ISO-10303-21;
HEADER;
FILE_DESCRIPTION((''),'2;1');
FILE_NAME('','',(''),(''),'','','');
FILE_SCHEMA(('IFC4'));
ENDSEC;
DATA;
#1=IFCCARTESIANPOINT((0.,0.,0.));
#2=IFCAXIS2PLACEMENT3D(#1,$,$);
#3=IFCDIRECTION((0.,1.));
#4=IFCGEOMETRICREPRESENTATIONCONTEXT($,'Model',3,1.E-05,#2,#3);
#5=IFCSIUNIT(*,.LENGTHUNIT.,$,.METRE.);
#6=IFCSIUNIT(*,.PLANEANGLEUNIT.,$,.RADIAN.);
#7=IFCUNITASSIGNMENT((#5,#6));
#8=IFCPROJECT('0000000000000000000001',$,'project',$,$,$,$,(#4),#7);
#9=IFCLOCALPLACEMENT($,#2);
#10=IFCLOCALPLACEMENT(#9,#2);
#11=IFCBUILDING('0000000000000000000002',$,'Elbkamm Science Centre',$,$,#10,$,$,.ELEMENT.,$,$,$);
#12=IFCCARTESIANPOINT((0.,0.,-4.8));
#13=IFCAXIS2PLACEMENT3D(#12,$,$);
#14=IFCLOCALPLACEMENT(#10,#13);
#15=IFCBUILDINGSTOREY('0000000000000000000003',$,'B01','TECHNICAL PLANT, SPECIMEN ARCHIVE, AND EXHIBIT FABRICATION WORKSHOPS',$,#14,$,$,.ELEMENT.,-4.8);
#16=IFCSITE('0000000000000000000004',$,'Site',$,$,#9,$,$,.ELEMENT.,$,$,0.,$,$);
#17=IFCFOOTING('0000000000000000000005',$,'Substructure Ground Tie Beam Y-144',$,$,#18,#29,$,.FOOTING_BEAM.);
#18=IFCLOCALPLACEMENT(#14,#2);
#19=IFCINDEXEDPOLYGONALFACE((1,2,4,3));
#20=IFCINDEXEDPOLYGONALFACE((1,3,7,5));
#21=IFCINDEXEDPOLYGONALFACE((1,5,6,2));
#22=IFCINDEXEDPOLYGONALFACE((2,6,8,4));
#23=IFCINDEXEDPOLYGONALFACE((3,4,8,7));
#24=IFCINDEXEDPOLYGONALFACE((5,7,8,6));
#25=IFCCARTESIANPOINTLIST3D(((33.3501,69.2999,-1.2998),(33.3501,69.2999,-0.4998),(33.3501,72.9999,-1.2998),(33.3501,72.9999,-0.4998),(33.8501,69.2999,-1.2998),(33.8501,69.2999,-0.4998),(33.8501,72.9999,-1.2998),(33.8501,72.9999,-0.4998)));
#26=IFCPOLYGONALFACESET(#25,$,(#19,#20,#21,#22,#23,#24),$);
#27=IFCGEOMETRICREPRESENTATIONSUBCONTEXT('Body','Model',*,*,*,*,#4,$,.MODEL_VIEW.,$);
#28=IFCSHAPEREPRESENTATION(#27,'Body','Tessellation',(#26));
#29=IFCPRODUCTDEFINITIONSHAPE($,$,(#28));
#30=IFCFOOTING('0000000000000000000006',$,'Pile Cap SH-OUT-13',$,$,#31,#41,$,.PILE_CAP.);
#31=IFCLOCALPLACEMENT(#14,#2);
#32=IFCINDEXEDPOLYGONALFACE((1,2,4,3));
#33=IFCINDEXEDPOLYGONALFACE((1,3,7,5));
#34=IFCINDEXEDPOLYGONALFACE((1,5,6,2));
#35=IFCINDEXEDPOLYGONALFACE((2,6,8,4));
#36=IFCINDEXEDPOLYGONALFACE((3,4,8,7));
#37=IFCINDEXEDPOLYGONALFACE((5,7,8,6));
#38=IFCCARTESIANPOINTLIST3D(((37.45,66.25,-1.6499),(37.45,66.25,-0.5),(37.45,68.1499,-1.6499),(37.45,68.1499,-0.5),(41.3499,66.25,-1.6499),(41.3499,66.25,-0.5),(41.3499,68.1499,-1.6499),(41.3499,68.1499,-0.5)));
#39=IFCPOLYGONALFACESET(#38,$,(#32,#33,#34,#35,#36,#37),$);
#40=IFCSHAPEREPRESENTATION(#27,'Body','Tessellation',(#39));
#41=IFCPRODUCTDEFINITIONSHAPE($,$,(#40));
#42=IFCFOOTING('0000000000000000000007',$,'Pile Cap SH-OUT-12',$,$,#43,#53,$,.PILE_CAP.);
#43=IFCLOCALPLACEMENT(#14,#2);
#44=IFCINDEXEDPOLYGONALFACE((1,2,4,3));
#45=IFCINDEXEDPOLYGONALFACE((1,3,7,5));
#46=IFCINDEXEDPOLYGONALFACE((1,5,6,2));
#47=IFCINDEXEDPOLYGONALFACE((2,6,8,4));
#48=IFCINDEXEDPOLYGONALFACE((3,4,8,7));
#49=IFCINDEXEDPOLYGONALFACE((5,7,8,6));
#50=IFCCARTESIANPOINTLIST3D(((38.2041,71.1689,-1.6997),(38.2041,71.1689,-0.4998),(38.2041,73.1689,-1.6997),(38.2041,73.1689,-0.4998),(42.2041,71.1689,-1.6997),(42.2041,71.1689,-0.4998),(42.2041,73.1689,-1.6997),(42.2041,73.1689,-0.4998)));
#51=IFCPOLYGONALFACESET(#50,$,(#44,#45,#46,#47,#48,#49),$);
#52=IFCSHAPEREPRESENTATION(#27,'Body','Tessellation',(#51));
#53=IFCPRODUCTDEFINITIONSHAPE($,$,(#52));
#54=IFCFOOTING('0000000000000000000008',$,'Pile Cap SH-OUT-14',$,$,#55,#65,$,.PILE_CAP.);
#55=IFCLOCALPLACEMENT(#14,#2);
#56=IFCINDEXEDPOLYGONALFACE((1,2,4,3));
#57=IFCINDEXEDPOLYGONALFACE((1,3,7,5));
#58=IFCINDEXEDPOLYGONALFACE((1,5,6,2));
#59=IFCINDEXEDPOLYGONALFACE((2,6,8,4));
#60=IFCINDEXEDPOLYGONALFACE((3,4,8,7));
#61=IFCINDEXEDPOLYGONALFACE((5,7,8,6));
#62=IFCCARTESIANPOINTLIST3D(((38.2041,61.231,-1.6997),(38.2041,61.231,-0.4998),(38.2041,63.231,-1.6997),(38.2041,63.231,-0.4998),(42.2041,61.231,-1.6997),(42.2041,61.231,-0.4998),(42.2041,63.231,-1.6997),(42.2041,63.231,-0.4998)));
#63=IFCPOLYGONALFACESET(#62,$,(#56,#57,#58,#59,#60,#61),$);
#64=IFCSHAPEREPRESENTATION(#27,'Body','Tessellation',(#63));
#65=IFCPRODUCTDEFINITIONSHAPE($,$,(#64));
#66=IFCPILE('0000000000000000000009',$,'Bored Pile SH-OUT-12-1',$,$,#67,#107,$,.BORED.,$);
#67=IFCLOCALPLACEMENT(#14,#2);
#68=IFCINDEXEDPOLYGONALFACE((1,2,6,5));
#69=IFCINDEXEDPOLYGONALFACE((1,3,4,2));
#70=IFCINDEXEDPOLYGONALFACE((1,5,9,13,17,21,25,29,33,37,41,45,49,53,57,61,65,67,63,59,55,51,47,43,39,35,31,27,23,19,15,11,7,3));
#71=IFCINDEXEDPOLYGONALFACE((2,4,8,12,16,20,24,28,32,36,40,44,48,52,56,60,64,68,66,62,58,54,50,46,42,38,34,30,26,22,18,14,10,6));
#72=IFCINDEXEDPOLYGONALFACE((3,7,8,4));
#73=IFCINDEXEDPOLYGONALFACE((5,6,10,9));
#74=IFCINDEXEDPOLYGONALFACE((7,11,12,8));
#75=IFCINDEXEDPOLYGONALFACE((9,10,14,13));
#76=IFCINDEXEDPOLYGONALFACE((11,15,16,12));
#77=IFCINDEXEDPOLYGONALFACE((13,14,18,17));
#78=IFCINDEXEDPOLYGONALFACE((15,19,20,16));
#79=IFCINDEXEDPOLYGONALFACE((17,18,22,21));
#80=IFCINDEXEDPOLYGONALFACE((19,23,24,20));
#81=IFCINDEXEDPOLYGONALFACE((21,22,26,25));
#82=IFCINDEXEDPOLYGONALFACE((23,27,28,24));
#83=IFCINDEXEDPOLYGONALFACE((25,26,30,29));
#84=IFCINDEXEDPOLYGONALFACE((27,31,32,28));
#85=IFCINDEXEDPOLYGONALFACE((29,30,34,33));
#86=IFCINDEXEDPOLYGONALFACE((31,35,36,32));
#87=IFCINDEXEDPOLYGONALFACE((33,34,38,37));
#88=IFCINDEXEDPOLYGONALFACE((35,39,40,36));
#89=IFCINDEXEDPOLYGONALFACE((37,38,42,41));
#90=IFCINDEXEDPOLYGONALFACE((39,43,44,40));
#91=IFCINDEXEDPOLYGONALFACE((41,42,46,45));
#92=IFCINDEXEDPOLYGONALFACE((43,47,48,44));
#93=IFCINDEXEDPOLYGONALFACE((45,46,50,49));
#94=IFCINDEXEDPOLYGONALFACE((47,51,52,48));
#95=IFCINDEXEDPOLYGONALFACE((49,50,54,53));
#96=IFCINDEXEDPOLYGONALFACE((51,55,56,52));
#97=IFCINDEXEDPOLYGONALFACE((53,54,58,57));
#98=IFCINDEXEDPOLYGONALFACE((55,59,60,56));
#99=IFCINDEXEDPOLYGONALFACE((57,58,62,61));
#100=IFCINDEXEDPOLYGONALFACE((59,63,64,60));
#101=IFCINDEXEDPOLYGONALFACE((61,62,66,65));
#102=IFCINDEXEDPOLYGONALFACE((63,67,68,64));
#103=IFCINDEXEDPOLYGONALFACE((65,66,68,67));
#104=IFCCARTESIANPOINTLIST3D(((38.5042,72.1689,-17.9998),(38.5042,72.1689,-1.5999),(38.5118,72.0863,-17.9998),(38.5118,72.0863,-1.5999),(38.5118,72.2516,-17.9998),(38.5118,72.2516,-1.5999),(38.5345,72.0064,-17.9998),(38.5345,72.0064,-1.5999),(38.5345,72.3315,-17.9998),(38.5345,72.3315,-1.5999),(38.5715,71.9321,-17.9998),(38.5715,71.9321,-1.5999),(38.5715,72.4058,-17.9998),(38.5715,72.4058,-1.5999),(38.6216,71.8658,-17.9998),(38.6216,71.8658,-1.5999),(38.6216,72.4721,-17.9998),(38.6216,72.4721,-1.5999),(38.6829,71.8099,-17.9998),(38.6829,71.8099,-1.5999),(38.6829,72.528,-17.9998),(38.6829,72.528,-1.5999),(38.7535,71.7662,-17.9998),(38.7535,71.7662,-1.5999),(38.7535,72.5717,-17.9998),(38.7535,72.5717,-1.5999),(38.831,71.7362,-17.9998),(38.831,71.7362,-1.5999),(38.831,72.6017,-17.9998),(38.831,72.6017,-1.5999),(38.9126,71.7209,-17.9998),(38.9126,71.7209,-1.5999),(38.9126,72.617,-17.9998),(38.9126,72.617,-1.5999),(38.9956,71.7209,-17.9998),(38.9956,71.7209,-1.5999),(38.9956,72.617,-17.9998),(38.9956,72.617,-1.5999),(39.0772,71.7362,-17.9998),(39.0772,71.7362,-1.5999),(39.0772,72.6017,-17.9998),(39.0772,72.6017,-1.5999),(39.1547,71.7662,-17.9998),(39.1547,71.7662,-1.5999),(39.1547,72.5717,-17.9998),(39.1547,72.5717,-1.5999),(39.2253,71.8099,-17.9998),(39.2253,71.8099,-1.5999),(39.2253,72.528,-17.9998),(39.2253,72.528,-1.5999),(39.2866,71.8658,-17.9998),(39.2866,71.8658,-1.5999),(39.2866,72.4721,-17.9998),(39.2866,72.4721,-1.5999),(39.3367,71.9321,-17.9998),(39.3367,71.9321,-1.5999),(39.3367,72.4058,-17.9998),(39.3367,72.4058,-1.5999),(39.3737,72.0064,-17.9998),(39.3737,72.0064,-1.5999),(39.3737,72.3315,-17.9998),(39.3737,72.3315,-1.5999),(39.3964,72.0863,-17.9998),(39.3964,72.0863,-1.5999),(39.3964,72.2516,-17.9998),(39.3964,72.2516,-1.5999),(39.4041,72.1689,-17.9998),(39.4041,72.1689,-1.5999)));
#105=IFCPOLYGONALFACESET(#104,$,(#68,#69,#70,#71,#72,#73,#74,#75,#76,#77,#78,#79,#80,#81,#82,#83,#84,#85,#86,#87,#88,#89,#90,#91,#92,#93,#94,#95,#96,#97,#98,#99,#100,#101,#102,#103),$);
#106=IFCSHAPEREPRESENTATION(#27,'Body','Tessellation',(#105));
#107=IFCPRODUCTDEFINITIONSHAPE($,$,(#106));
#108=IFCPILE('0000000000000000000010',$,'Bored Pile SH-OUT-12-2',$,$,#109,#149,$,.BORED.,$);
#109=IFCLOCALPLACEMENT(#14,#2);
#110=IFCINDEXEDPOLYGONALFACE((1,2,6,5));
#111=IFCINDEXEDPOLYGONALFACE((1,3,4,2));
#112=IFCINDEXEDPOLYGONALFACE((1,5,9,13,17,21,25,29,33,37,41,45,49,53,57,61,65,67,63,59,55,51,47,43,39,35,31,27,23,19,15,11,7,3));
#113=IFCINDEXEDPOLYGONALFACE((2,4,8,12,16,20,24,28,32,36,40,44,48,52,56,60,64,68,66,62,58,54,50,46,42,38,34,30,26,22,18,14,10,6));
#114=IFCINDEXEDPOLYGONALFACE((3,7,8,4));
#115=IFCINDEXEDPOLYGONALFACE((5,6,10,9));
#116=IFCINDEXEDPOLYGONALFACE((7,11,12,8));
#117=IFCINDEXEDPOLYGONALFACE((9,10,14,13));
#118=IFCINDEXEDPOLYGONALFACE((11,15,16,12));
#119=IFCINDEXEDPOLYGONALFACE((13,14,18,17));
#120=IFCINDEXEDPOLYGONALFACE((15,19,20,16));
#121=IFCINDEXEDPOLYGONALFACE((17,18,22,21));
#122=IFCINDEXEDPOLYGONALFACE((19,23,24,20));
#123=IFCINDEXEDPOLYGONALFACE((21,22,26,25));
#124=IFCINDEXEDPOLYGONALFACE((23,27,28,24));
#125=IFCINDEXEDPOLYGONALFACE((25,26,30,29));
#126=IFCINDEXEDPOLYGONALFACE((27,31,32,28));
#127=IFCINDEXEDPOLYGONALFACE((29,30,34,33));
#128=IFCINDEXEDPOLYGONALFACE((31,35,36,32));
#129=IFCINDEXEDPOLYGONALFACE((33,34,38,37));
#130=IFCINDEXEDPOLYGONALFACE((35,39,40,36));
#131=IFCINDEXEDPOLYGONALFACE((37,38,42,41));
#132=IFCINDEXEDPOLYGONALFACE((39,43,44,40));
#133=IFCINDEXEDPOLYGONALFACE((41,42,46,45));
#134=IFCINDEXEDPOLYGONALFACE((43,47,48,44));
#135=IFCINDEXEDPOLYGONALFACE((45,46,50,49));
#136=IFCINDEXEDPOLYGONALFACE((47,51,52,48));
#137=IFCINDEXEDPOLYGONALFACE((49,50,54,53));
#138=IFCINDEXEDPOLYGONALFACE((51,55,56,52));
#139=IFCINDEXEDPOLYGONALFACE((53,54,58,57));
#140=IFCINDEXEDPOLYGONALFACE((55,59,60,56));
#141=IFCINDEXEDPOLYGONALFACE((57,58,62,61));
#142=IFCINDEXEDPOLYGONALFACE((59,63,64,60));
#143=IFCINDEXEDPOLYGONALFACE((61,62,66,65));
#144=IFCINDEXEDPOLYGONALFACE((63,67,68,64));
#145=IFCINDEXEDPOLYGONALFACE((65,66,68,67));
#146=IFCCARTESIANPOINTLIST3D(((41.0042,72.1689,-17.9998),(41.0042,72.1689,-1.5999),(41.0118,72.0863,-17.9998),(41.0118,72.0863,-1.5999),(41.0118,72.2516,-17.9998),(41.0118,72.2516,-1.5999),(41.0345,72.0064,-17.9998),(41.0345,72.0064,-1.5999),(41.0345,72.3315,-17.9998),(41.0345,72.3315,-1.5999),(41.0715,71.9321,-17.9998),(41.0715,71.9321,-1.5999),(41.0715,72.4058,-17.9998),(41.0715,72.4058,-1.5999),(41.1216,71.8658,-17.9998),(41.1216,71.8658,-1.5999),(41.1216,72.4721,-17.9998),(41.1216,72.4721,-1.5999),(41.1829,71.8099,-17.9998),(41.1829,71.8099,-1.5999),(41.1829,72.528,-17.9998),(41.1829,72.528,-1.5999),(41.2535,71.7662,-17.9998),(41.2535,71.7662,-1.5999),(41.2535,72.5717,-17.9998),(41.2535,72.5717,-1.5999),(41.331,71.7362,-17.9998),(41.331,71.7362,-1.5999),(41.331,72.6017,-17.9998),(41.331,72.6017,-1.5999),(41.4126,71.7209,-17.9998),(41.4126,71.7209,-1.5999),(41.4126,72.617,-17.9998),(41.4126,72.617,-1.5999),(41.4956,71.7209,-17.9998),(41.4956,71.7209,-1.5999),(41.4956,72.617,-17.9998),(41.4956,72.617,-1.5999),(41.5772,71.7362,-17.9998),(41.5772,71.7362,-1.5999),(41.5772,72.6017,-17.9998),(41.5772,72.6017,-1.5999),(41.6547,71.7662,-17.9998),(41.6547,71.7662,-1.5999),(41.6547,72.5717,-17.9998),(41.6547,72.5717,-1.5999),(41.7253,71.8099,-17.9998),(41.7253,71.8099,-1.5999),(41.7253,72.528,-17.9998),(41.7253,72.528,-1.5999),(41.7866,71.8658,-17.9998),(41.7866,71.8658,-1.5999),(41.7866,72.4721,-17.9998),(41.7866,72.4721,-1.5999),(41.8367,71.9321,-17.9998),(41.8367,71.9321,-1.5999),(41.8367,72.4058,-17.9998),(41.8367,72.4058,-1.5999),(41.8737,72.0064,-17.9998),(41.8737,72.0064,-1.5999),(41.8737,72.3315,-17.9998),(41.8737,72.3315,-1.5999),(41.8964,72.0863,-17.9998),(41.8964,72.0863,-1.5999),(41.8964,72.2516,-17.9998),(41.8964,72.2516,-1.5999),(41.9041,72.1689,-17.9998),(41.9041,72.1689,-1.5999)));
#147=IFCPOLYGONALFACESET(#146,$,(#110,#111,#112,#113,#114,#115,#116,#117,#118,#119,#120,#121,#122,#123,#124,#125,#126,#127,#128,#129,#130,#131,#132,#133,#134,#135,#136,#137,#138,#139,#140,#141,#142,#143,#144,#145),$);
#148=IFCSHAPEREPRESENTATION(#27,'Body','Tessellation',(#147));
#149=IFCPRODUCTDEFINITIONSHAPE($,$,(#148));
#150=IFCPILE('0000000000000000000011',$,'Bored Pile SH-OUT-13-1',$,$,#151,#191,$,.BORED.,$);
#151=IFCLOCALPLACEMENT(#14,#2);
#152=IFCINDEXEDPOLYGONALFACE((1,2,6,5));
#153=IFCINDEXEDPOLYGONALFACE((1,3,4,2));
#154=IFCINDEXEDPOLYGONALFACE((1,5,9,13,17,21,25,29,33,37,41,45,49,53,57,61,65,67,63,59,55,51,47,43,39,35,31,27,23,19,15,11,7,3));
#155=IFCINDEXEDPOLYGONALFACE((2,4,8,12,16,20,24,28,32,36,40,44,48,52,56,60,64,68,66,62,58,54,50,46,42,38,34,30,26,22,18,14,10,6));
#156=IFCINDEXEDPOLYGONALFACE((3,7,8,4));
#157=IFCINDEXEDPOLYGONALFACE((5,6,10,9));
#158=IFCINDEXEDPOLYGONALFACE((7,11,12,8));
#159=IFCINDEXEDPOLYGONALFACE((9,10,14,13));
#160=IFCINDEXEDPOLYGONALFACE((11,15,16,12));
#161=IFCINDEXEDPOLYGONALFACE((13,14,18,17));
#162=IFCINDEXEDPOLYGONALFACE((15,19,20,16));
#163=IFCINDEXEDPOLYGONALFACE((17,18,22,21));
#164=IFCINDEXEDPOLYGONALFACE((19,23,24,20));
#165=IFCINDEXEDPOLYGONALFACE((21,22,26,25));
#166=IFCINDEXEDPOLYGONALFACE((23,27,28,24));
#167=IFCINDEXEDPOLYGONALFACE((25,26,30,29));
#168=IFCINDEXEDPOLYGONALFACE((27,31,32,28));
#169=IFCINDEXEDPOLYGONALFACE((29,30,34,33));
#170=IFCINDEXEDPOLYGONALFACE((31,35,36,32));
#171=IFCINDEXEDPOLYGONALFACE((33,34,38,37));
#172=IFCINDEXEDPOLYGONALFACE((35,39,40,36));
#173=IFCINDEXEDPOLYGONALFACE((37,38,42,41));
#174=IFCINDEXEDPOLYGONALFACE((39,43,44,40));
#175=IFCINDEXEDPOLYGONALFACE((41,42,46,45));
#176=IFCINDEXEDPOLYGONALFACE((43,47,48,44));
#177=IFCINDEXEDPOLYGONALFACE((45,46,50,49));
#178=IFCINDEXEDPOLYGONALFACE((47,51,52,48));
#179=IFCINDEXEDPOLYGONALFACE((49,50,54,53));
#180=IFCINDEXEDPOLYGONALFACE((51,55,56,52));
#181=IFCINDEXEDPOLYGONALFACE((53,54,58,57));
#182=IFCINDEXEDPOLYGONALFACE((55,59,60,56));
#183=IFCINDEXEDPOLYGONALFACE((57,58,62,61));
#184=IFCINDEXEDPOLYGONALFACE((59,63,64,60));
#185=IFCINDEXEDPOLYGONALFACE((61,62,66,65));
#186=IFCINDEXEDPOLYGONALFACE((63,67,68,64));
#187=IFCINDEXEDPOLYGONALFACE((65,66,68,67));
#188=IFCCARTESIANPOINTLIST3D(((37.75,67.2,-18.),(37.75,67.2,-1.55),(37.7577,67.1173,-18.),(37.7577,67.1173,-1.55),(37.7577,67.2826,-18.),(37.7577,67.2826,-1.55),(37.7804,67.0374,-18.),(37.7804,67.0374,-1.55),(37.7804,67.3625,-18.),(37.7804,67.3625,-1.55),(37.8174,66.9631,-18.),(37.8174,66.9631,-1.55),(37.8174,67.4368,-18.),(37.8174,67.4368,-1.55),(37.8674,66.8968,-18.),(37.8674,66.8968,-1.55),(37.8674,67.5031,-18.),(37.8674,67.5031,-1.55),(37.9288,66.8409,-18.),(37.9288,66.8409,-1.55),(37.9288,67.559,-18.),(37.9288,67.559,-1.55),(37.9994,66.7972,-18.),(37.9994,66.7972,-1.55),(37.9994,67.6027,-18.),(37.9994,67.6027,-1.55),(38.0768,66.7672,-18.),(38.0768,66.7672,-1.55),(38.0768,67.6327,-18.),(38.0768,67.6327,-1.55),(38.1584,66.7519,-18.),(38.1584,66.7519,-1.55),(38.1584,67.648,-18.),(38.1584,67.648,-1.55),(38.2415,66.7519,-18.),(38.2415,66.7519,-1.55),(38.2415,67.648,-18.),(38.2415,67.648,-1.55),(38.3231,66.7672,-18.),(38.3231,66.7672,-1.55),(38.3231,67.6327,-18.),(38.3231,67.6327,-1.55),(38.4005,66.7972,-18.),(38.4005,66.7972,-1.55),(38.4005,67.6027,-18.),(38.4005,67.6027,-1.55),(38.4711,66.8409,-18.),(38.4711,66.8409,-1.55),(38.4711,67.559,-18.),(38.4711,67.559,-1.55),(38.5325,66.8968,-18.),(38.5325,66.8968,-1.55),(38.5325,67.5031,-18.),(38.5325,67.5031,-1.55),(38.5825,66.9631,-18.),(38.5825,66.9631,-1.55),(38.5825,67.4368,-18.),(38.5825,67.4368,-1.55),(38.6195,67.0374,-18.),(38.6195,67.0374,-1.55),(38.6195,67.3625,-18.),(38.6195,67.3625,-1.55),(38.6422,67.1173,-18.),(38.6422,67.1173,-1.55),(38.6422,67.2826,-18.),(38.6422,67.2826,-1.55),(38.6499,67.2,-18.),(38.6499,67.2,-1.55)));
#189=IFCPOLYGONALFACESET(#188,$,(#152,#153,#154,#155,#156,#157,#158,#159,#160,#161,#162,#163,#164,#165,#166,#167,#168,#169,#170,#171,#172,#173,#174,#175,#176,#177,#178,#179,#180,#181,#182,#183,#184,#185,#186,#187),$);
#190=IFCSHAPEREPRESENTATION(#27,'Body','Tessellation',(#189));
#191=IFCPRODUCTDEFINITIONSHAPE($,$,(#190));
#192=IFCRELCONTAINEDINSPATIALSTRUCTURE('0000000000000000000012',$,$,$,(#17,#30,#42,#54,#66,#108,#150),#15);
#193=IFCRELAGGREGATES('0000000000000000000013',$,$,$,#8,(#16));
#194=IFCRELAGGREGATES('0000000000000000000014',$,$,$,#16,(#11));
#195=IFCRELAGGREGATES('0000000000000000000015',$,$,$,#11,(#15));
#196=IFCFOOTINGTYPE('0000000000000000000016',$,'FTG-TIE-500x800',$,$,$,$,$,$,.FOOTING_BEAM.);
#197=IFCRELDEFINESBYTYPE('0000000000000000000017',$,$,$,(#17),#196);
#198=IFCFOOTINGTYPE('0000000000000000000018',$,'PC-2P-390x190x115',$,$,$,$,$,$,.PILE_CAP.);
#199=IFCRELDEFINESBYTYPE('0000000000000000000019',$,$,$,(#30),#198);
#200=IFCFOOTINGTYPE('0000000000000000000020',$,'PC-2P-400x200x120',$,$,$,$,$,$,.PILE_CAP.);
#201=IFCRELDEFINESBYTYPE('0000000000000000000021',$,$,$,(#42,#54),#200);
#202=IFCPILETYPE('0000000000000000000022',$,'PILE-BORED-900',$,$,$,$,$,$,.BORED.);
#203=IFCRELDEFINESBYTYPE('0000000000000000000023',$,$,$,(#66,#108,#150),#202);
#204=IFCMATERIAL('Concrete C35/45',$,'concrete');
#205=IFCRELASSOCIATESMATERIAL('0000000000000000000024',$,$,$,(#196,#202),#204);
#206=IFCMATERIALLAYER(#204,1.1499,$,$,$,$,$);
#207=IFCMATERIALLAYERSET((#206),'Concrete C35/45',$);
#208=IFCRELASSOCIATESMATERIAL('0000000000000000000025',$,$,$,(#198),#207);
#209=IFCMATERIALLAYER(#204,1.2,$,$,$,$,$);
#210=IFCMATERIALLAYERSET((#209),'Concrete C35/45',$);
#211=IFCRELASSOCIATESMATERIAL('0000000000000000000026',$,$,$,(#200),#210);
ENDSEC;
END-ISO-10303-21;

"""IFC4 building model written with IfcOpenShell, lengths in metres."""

from ifc_helpers import new_model, si_unit, direction, frame, origin, origin_2d, place, context, subcontext, project, spatial, rectangle, circle, extrude, material, layer, layer_set, material_profile, profile_set, type_object, element, save


model = new_model("IFC4")

# Units and contexts
model_context = context("Model", 3, precision=1e-05, world=origin(), true_north=direction((0.0, 1.0)))
body_context = subcontext(model_context, "Body", "Model", "MODEL_VIEW")
ifc_project = project(units=[si_unit("LENGTHUNIT", "METRE"), si_unit("PLANEANGLEUNIT", "RADIAN")], contexts=[model_context])

# Site, building, storey
site_placement = place(None, origin())
site = spatial("IfcSite", under=ifc_project, at=site_placement, Name="Site", CompositionType="ELEMENT", RefElevation=0.0)
building_placement = place(site_placement, origin())
building = spatial("IfcBuilding", under=site, at=building_placement, Name="Elbkamm Science Centre", CompositionType="ELEMENT")
storey_placement = place(building_placement, frame((0.0, 0.0, -4.8)))
storey = spatial("IfcBuildingStorey", under=building, at=storey_placement, Name="B01", Description="TECHNICAL PLANT, SPECIMEN ARCHIVE, AND EXHIBIT FABRICATION WORKSHOPS", CompositionType="ELEMENT", Elevation=-4.8)

# Footings
ifc_material_1 = material(Name="Concrete C35/45", Category="concrete")
footing_type_1 = type_object("IfcFootingType", Name="FTG-TIE-500x800", PredefinedType="FOOTING_BEAM", material=ifc_material_1)
footing_1_placement = place(storey_placement, frame((33.6001, 71.1499, -1.2998), z_axis=(0.0, 0.0, 1.0), x_axis=(1.0, 0.0, 0.0)))
element("IfcFooting", 1, at=footing_1_placement, inside=storey, type_object=footing_type_1, Name="Substructure Ground Tie Beam Y-144", PredefinedType="FOOTING_BEAM", context=body_context, shape_type="SweptSolid", body=[
    extrude(rectangle(XDim=0.5, YDim=3.7, at=origin_2d()), origin(), (0.0, 0.0, 1.0), 0.8),
])
ifc_layer_1 = layer(ifc_material_1, 1.1499)
ifc_layer_set_1 = layer_set([ifc_layer_1], Name="Concrete C35/45")
footing_type_2 = type_object("IfcFootingType", Name="PC-2P-390x190x115", PredefinedType="PILE_CAP", material=ifc_layer_set_1)
footing_2_placement = place(storey_placement, frame((39.3999, 67.2, -1.6499), z_axis=(0.0, 0.0, 1.0), x_axis=(1.0, 0.0, 0.0)))
element("IfcFooting", 2, at=footing_2_placement, inside=storey, type_object=footing_type_2, Name="Pile Cap SH-OUT-13", PredefinedType="PILE_CAP", context=body_context, shape_type="SweptSolid", body=[
    extrude(rectangle(XDim=3.8999, YDim=1.8999, at=origin_2d()), origin(), (0.0, 0.0, 1.0), 1.1499),
])
ifc_layer_2 = layer(ifc_material_1, 1.2)
ifc_layer_set_2 = layer_set([ifc_layer_2], Name="Concrete C35/45")
footing_type_3 = type_object("IfcFootingType", Name="PC-2P-400x200x120", PredefinedType="PILE_CAP", material=ifc_layer_set_2)
for number, where, z_axis, x_axis, name in (
    (3, (40.2041, 72.1689, -1.6997), (0.0, 0.0, 1.0), (1.0, 0.0, 0.0), "Pile Cap SH-OUT-12"),
    (4, (40.2041, 62.231, -1.6997), (0.0, 0.0, 1.0), (1.0, 0.0, 0.0), "Pile Cap SH-OUT-14"),
):
    element("IfcFooting", number, at=place(storey_placement, frame(where, z_axis=z_axis, x_axis=x_axis)), inside=storey, type_object=footing_type_3, Name=name, PredefinedType="PILE_CAP", context=body_context, shape_type="SweptSolid", body=[
        extrude(rectangle(XDim=4.0, YDim=2.0, at=origin_2d()), origin(), (0.0, 0.0, 1.0), 1.2),
    ])

# Piles
ifc_material_profile_1 = material_profile(ifc_material_1, circle(Radius=0.45, at=origin_2d()), Name="PILE D900")
ifc_profile_set_1 = profile_set([ifc_material_profile_1], Name="Concrete C35/45")
pile_type = type_object("IfcPileType", Name="PILE-BORED-900", PredefinedType="BORED", material=ifc_profile_set_1)
for number, where, z_axis, x_axis, name in (
    (5, (38.9541, 72.1689, -1.5999), (0.0, 0.0, -1.0), (1.0, 0.0, 0.0), "Bored Pile SH-OUT-12-1"),
    (6, (41.4541, 72.1689, -1.5999), (0.0, 0.0, -1.0), (1.0, 0.0, 0.0), "Bored Pile SH-OUT-12-2"),
):
    element("IfcPile", number, at=place(storey_placement, frame(where, z_axis=z_axis, x_axis=x_axis)), inside=storey, type_object=pile_type, Name=name, PredefinedType="BORED", context=body_context, shape_type="SweptSolid", body=[
        extrude(circle(Radius=0.45, at=origin_2d()), origin(), (0.0, 0.0, 1.0), 16.3999),
    ])
for number, where, z_axis, x_axis, name in (
    (7, (38.2, 67.2, -1.55), (0.0, 0.0, -1.0), (1.0, 0.0, 0.0), "Bored Pile SH-OUT-13-1"),
):
    element("IfcPile", number, at=place(storey_placement, frame(where, z_axis=z_axis, x_axis=x_axis)), inside=storey, type_object=pile_type, Name=name, PredefinedType="BORED", context=body_context, shape_type="SweptSolid", body=[
        extrude(circle(Radius=0.45, at=origin_2d()), origin(), (0.0, 0.0, 1.0), 16.45),
    ])

save(model, "model.ifc")
